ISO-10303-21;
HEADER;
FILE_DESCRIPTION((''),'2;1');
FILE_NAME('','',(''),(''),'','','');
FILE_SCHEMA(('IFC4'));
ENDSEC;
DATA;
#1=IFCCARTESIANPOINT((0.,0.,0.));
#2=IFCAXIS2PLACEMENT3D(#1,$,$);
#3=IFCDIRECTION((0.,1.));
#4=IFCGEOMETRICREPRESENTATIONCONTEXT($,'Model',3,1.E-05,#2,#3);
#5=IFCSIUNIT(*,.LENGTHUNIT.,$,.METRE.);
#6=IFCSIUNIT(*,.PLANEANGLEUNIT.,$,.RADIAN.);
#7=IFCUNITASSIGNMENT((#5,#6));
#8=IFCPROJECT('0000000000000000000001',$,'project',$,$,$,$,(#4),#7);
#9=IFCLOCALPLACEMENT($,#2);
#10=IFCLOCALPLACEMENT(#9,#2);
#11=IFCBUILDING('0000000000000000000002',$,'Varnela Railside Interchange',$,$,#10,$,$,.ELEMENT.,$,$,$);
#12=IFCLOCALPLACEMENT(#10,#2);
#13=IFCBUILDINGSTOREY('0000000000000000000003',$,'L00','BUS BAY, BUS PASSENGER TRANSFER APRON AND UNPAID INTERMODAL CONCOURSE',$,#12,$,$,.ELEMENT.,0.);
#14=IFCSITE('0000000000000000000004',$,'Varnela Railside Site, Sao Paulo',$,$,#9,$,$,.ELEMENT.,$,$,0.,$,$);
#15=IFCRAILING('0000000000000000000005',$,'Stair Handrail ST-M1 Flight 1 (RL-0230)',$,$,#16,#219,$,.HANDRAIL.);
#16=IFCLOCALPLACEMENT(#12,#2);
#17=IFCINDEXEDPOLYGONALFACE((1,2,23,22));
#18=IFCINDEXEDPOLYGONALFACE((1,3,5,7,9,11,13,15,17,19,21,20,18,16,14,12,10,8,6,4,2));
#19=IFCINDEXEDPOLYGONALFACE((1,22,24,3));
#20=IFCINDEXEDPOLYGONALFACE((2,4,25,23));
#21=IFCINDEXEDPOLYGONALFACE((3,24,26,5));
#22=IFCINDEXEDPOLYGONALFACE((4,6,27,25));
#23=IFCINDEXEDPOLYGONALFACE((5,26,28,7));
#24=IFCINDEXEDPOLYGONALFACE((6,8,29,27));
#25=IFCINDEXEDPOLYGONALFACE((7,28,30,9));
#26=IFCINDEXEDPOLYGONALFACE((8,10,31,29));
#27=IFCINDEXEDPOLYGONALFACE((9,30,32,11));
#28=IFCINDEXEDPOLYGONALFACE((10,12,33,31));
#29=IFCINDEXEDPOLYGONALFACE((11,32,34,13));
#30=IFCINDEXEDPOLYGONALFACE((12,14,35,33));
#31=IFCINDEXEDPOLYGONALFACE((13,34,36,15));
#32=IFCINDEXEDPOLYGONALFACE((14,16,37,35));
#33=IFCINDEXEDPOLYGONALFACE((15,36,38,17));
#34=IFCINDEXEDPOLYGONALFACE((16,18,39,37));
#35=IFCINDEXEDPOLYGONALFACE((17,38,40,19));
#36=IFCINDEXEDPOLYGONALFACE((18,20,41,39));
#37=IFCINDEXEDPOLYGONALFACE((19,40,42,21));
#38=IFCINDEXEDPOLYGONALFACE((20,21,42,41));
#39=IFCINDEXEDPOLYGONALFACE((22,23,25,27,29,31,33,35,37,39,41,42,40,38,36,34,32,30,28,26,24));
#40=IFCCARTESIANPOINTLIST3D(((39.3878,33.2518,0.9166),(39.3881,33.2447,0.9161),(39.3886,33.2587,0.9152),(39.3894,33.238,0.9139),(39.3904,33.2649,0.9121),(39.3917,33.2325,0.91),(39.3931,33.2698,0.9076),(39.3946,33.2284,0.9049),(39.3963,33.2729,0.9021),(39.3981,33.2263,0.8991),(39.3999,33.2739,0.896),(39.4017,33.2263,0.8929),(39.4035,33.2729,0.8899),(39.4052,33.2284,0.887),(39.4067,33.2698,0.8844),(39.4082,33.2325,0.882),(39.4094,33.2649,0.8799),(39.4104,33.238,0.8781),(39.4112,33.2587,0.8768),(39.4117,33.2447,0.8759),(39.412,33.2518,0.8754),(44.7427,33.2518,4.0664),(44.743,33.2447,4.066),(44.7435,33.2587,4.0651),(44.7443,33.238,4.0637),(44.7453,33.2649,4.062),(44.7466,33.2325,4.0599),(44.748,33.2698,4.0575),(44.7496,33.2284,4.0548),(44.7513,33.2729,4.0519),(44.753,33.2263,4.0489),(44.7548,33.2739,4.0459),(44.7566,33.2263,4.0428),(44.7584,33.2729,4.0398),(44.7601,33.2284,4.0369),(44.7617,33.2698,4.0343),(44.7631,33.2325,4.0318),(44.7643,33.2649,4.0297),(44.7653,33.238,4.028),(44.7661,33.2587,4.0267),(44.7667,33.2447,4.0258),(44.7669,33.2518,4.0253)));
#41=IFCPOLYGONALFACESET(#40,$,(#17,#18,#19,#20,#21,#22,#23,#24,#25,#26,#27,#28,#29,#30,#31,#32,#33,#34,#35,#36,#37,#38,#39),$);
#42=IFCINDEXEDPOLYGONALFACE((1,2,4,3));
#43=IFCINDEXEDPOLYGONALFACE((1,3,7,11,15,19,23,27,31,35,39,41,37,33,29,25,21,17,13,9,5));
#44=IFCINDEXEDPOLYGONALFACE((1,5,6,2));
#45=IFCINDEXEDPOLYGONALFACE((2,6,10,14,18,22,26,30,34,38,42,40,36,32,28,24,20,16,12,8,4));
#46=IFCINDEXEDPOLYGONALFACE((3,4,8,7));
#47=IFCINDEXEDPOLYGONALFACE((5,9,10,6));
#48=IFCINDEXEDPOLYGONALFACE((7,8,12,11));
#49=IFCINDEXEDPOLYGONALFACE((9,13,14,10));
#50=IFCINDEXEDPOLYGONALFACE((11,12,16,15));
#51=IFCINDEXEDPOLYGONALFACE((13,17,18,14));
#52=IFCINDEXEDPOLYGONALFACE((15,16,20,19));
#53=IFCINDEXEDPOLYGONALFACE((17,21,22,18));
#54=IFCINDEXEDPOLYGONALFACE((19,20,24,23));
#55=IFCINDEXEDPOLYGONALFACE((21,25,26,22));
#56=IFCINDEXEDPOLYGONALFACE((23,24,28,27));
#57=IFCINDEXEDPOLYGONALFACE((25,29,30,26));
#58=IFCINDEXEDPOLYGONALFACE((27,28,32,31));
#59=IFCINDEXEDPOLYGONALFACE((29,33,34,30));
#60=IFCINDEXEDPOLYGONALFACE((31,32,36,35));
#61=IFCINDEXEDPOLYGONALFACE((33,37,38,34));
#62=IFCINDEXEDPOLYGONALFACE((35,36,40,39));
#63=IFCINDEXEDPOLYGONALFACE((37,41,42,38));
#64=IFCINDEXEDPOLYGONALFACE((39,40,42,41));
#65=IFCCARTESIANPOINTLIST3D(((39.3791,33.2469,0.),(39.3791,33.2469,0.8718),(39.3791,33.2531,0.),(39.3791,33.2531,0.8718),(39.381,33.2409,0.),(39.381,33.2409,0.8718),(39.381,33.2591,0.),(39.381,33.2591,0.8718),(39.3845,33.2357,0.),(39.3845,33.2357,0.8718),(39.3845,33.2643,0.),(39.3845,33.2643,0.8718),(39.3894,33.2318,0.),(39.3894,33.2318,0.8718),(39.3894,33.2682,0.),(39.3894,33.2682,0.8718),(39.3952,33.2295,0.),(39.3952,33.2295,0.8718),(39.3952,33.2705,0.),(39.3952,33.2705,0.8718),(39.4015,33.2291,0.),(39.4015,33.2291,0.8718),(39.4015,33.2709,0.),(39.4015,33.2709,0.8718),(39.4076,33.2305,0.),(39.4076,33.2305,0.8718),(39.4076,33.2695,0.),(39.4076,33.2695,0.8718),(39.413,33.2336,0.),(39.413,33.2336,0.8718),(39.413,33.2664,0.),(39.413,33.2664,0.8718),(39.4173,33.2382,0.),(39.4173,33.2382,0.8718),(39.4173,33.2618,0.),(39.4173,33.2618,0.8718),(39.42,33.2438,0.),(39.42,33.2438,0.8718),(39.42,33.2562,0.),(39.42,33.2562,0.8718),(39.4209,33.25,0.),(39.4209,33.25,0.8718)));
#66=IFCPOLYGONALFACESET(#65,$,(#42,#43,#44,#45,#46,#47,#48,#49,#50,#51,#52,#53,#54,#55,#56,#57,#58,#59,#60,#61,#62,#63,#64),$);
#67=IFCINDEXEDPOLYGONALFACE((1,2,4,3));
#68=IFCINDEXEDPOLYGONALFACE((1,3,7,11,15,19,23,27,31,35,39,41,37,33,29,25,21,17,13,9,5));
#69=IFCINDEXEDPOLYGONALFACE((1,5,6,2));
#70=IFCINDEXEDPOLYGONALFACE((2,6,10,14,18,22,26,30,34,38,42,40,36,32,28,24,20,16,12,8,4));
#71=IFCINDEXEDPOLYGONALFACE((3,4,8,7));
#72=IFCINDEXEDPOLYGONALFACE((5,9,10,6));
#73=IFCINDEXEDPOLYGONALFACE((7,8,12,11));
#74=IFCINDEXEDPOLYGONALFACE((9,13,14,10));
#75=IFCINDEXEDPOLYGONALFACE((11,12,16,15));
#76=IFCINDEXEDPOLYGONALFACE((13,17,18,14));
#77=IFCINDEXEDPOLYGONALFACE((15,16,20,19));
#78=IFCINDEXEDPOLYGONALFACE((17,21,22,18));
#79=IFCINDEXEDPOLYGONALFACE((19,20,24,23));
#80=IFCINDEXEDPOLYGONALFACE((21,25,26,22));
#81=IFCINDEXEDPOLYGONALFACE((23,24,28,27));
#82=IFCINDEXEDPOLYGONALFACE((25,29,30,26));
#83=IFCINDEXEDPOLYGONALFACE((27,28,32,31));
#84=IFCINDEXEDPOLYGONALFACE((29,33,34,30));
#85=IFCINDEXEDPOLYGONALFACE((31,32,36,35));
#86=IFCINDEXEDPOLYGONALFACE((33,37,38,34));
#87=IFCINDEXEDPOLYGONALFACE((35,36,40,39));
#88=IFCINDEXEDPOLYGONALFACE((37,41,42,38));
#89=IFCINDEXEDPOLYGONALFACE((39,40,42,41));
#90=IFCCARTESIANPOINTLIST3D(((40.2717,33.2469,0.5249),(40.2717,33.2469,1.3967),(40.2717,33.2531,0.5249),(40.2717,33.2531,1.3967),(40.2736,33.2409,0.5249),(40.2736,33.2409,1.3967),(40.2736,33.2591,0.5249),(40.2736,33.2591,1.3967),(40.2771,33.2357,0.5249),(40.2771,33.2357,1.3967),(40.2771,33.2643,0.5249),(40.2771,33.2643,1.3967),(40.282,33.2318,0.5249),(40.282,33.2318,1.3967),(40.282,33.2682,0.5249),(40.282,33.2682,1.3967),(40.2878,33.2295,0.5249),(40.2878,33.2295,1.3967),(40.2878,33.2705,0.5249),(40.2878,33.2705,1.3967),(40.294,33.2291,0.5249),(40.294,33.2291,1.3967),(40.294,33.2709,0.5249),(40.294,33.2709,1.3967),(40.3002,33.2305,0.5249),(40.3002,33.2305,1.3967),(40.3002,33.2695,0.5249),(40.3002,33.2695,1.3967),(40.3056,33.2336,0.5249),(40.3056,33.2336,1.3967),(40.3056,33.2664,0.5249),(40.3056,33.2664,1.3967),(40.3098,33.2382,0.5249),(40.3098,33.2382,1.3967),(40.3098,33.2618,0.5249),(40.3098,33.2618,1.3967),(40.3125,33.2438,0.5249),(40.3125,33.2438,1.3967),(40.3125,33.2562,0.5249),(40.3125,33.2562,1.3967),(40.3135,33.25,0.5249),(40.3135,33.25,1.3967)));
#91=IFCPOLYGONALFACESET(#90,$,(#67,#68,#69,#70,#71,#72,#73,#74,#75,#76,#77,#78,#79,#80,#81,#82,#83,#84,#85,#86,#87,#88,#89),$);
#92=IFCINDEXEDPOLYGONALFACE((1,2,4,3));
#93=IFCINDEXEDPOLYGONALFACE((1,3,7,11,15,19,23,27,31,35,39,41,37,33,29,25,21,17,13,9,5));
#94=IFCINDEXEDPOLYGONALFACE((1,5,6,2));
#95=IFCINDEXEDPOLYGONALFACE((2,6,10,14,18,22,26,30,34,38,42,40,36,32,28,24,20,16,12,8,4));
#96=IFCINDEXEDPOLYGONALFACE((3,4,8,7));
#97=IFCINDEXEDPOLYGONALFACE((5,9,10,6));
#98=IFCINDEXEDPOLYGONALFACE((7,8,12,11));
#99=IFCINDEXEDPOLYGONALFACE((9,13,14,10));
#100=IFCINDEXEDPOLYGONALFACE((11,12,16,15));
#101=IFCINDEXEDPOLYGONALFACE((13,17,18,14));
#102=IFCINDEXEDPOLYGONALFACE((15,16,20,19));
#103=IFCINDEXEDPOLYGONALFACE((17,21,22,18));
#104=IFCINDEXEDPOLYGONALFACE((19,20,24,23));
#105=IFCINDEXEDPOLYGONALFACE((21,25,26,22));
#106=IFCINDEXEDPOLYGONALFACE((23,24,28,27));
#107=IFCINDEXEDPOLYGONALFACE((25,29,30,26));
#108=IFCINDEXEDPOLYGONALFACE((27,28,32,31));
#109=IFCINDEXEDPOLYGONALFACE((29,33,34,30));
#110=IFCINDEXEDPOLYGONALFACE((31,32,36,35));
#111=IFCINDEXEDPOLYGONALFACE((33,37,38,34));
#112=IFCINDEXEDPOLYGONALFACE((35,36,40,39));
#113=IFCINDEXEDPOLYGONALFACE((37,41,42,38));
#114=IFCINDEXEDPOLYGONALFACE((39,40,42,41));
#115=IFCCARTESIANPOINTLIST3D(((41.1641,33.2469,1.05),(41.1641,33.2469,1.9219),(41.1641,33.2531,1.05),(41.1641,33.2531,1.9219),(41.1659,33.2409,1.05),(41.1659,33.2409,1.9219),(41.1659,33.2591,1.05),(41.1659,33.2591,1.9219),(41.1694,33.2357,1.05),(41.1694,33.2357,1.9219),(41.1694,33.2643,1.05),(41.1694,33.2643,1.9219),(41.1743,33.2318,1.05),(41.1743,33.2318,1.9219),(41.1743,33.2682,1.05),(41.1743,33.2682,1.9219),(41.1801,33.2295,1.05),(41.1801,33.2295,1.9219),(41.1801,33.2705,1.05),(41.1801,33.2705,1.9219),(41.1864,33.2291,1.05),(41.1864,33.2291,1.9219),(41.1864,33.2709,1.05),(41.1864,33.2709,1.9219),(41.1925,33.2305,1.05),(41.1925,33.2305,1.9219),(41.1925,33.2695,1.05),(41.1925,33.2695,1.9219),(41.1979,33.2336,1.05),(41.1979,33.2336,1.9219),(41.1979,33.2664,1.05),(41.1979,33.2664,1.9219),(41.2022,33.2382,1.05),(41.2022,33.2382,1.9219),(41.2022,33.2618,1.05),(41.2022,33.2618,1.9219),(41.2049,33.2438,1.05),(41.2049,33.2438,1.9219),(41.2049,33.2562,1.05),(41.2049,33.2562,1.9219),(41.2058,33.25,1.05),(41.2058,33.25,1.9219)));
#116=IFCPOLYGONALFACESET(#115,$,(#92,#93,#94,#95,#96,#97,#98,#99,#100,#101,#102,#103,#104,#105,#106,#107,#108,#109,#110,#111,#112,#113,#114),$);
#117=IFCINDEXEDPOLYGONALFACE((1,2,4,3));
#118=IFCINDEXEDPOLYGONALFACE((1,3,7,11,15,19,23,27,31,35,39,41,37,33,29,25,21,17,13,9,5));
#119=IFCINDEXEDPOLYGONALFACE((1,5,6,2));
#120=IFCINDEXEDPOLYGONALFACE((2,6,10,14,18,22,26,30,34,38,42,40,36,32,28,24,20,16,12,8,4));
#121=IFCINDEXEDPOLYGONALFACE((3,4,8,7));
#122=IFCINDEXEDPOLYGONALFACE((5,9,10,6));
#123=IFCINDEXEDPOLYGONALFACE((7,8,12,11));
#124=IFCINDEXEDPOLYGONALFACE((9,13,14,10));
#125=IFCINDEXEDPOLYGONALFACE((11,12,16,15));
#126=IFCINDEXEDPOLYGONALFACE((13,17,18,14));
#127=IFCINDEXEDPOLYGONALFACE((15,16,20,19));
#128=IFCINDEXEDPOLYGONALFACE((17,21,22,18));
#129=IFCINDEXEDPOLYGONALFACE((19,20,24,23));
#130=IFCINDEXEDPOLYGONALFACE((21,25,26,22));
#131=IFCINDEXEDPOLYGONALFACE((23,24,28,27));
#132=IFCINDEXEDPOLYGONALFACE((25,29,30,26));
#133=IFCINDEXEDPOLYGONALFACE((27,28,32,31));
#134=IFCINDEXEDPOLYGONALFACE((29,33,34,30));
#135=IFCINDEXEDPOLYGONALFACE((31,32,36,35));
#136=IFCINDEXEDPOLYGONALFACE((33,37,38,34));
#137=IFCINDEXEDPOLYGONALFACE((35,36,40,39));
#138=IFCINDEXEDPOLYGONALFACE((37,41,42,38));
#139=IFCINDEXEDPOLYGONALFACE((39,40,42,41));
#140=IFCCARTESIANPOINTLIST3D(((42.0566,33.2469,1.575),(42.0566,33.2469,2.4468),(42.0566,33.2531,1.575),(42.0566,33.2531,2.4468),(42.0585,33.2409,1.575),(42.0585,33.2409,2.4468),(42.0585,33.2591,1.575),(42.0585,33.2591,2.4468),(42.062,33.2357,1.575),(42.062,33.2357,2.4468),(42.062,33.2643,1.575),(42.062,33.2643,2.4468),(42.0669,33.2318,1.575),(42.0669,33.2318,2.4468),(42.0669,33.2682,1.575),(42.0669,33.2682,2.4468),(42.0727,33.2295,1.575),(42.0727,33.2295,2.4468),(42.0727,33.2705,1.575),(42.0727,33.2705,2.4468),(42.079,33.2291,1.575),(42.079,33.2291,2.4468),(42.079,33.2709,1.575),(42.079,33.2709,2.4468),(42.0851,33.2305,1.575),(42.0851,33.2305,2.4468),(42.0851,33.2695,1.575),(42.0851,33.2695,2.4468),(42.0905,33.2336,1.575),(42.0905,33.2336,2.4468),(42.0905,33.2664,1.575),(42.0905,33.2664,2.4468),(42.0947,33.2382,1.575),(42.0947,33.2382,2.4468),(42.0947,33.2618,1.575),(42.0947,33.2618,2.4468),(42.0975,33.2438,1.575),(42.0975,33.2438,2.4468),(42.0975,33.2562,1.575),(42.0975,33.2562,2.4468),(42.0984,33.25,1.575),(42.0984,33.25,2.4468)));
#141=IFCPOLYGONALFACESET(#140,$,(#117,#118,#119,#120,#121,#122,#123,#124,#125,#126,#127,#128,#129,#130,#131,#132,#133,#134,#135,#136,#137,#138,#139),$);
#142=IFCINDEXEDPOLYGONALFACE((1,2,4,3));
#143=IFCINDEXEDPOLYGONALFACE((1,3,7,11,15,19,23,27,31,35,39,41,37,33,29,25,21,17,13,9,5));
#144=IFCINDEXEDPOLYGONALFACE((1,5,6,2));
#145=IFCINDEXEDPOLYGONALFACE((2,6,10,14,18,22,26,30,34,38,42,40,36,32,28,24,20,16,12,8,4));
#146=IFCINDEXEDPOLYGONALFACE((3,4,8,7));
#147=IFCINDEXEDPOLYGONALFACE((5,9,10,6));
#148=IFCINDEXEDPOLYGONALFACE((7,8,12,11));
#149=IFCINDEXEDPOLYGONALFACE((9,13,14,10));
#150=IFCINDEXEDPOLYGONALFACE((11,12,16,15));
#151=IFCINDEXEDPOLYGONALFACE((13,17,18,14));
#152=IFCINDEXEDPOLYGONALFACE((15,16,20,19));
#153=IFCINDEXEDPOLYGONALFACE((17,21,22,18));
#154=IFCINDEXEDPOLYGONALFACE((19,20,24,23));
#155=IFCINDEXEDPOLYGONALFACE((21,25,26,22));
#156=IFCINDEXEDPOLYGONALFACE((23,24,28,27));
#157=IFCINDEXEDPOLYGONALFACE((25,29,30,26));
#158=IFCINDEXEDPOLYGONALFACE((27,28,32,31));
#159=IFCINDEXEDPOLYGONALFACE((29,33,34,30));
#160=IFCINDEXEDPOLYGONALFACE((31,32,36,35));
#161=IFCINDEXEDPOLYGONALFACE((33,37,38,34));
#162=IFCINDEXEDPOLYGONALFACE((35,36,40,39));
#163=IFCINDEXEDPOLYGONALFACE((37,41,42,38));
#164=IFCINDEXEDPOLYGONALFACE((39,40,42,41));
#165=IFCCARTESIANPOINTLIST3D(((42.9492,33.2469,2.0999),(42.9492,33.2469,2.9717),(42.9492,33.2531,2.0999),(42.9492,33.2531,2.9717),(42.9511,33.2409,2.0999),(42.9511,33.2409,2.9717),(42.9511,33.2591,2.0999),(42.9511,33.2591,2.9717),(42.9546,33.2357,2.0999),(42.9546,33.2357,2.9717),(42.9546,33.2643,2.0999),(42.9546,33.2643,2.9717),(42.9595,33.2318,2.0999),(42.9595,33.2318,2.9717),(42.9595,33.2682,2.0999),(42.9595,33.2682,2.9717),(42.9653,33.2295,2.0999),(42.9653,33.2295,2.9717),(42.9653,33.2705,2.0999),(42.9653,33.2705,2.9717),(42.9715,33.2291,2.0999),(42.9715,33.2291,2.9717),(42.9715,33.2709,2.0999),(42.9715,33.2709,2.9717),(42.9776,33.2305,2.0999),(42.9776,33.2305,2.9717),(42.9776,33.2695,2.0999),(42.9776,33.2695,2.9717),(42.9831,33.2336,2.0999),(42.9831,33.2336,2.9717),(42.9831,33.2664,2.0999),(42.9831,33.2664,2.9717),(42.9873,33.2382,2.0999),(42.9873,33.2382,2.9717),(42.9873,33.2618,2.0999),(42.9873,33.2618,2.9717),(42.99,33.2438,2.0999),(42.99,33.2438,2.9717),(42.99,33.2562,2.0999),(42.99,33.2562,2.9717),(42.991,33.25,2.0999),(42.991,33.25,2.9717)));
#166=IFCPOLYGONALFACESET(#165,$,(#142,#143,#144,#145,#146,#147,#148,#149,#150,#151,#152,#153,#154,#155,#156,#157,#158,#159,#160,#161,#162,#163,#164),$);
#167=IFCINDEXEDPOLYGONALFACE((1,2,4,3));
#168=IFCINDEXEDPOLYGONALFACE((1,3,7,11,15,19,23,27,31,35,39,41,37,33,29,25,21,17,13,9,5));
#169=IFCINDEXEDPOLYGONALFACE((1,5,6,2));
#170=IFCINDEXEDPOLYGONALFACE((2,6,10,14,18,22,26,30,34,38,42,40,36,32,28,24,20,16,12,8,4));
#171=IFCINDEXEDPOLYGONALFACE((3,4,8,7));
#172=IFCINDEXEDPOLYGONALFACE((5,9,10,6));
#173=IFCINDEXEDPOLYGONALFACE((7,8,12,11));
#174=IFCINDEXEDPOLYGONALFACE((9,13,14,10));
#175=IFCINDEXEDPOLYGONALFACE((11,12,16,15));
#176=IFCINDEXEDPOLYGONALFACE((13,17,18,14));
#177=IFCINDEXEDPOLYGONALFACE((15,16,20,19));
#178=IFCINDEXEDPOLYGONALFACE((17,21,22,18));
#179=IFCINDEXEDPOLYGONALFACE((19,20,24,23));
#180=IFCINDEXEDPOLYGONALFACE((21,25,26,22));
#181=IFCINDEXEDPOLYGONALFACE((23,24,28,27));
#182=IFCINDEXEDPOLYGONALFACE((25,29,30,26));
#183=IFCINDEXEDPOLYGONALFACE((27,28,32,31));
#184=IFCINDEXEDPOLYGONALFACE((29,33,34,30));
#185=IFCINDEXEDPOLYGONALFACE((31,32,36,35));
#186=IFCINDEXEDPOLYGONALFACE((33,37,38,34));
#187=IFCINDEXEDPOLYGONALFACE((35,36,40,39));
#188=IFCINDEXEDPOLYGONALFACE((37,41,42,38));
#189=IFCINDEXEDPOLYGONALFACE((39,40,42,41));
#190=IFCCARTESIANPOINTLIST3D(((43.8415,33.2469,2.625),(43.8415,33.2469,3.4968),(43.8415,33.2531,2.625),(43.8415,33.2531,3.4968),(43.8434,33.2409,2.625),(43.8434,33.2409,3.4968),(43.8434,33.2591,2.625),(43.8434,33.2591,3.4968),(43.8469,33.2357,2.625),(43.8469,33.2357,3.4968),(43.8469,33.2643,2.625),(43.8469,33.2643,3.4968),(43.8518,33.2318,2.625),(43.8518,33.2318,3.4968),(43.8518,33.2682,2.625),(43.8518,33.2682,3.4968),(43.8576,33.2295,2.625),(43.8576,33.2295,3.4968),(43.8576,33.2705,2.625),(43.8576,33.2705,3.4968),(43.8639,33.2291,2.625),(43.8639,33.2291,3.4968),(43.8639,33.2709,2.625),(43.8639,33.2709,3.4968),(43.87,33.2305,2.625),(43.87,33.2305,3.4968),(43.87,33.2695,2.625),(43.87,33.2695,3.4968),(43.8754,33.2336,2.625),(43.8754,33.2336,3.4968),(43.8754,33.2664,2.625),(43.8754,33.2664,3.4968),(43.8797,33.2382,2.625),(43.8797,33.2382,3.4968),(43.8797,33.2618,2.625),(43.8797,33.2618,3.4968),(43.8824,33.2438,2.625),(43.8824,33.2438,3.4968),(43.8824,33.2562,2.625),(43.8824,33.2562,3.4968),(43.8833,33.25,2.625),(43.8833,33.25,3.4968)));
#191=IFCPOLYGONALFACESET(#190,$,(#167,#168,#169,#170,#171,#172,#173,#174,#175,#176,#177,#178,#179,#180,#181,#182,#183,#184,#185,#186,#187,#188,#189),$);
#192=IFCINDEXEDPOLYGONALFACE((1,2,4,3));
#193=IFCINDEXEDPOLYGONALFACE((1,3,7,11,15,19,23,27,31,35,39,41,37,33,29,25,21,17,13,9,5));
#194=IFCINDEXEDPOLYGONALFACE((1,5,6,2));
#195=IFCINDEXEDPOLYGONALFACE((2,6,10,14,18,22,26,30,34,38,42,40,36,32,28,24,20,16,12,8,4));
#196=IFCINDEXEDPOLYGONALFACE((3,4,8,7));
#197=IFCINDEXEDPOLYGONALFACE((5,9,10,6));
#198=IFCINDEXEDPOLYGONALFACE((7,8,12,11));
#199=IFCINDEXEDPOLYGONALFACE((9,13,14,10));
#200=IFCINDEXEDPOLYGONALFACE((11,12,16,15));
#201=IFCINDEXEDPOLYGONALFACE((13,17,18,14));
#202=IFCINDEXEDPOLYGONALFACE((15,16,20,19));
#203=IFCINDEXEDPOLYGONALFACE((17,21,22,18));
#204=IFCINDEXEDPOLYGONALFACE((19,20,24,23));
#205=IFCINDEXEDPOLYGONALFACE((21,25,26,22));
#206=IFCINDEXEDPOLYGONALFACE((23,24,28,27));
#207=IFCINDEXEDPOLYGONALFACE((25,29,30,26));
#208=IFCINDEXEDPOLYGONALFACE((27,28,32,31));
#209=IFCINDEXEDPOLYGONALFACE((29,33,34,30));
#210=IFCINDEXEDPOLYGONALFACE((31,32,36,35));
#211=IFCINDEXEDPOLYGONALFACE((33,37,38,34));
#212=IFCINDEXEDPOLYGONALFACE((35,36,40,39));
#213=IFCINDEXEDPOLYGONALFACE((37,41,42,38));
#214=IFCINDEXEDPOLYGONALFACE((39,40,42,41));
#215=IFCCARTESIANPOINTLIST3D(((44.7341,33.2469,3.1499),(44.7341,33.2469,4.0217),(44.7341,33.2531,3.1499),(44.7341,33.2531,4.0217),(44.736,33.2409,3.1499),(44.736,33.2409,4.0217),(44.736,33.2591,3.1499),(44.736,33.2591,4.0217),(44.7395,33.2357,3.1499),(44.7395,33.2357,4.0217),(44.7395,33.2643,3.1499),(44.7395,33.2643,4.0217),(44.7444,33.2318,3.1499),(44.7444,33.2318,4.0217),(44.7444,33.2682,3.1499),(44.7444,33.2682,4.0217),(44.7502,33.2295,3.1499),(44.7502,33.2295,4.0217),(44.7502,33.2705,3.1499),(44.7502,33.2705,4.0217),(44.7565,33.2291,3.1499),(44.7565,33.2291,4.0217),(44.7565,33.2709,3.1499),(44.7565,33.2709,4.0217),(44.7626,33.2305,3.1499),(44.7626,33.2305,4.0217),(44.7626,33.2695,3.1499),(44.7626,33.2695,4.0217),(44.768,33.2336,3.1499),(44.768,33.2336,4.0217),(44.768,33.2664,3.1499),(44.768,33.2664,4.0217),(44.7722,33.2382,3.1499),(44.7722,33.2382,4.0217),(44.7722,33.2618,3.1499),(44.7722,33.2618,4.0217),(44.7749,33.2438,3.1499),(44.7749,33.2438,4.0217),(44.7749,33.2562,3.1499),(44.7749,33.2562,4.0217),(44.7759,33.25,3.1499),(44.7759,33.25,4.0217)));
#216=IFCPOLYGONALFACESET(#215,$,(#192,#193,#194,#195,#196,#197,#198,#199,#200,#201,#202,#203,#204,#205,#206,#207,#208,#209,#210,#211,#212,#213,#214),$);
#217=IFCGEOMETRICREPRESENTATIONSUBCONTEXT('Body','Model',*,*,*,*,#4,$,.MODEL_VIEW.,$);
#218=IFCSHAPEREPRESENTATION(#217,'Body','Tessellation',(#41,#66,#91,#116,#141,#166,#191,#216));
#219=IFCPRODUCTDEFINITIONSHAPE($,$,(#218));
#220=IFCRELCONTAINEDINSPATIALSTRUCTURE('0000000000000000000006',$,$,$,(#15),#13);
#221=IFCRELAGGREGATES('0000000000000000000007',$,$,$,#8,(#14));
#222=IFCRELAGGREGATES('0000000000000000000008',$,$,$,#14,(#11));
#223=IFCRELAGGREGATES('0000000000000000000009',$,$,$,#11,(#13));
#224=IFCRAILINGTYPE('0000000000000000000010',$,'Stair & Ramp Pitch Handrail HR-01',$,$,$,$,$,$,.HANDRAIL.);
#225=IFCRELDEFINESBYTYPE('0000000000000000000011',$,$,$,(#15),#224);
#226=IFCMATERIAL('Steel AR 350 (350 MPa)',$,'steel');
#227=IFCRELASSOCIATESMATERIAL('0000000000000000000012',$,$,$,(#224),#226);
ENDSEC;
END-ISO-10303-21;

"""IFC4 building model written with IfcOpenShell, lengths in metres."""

from ifc_helpers import new_model, si_unit, direction, frame, origin, origin_2d, place, context, subcontext, project, spatial, circle, extrude, material, type_object, element, save


model = new_model("IFC4")

# Units and contexts
model_context = context("Model", 3, precision=1e-05, world=origin(), true_north=direction((0.0, 1.0)))
body_context = subcontext(model_context, "Body", "Model", "MODEL_VIEW")
ifc_project = project(units=[si_unit("LENGTHUNIT", "METRE"), si_unit("PLANEANGLEUNIT", "RADIAN")], contexts=[model_context])

# Site, building, storey
site_placement = place(None, origin())
site = spatial("IfcSite", under=ifc_project, at=site_placement, Name="Varnela Railside Site, Sao Paulo", CompositionType="ELEMENT", RefElevation=0.0)
building_placement = place(site_placement, origin())
building = spatial("IfcBuilding", under=site, at=building_placement, Name="Varnela Railside Interchange", CompositionType="ELEMENT")
storey_placement = place(building_placement, origin())
storey = spatial("IfcBuildingStorey", under=building, at=storey_placement, Name="L00", Description="BUS BAY, BUS PASSENGER TRANSFER APRON AND UNPAID INTERMODAL CONCOURSE", CompositionType="ELEMENT", Elevation=0.0)

# Shared definitions
ifc_material_1 = material(Name="Steel AR 350 (350 MPa)", Category="steel")

# Railing
railing_type_1 = type_object("IfcRailingType", Name="Stair & Ramp Pitch Handrail HR-01", PredefinedType="HANDRAIL", material=ifc_material_1)
railing_1_placement = place(storey_placement, frame((39.3999, 33.25, 0.0)))
element("IfcRailing", 1, at=railing_1_placement, inside=storey, type_object=railing_type_1, Name="Stair Handrail ST-M1 Flight 1 (RL-0230)", PredefinedType="HANDRAIL", context=body_context, shape_type="SweptSolid", body=[
    extrude(circle(Radius=0.0239, at=origin_2d()), frame((0.0, 0.0, 0.896), z_axis=(0.86194, 0.0, 0.50701), x_axis=(0.0, 1.0, 0.0)), (0.0, 0.0, 1.0), 6.2126),
    extrude(circle(Radius=0.021, at=origin_2d()), origin(), (0.0, 0.0, 1.0), 0.8718),
    extrude(circle(Radius=0.021, at=origin_2d()), frame((0.8926, 0.0, 0.5249)), (0.0, 0.0, 1.0), 0.8718),
    extrude(circle(Radius=0.021, at=origin_2d()), frame((1.7849, 0.0, 1.05)), (0.0, 0.0, 1.0), 0.8718),
    extrude(circle(Radius=0.021, at=origin_2d()), frame((2.6775, 0.0, 1.575)), (0.0, 0.0, 1.0), 0.8718),
    extrude(circle(Radius=0.021, at=origin_2d()), frame((3.5701, 0.0, 2.0999)), (0.0, 0.0, 1.0), 0.8718),
    extrude(circle(Radius=0.021, at=origin_2d()), frame((4.4624, 0.0, 2.625)), (0.0, 0.0, 1.0), 0.8718),
    extrude(circle(Radius=0.021, at=origin_2d()), frame((5.355, 0.0, 3.1499)), (0.0, 0.0, 1.0), 0.8718),
])

save(model, "model.ifc")
